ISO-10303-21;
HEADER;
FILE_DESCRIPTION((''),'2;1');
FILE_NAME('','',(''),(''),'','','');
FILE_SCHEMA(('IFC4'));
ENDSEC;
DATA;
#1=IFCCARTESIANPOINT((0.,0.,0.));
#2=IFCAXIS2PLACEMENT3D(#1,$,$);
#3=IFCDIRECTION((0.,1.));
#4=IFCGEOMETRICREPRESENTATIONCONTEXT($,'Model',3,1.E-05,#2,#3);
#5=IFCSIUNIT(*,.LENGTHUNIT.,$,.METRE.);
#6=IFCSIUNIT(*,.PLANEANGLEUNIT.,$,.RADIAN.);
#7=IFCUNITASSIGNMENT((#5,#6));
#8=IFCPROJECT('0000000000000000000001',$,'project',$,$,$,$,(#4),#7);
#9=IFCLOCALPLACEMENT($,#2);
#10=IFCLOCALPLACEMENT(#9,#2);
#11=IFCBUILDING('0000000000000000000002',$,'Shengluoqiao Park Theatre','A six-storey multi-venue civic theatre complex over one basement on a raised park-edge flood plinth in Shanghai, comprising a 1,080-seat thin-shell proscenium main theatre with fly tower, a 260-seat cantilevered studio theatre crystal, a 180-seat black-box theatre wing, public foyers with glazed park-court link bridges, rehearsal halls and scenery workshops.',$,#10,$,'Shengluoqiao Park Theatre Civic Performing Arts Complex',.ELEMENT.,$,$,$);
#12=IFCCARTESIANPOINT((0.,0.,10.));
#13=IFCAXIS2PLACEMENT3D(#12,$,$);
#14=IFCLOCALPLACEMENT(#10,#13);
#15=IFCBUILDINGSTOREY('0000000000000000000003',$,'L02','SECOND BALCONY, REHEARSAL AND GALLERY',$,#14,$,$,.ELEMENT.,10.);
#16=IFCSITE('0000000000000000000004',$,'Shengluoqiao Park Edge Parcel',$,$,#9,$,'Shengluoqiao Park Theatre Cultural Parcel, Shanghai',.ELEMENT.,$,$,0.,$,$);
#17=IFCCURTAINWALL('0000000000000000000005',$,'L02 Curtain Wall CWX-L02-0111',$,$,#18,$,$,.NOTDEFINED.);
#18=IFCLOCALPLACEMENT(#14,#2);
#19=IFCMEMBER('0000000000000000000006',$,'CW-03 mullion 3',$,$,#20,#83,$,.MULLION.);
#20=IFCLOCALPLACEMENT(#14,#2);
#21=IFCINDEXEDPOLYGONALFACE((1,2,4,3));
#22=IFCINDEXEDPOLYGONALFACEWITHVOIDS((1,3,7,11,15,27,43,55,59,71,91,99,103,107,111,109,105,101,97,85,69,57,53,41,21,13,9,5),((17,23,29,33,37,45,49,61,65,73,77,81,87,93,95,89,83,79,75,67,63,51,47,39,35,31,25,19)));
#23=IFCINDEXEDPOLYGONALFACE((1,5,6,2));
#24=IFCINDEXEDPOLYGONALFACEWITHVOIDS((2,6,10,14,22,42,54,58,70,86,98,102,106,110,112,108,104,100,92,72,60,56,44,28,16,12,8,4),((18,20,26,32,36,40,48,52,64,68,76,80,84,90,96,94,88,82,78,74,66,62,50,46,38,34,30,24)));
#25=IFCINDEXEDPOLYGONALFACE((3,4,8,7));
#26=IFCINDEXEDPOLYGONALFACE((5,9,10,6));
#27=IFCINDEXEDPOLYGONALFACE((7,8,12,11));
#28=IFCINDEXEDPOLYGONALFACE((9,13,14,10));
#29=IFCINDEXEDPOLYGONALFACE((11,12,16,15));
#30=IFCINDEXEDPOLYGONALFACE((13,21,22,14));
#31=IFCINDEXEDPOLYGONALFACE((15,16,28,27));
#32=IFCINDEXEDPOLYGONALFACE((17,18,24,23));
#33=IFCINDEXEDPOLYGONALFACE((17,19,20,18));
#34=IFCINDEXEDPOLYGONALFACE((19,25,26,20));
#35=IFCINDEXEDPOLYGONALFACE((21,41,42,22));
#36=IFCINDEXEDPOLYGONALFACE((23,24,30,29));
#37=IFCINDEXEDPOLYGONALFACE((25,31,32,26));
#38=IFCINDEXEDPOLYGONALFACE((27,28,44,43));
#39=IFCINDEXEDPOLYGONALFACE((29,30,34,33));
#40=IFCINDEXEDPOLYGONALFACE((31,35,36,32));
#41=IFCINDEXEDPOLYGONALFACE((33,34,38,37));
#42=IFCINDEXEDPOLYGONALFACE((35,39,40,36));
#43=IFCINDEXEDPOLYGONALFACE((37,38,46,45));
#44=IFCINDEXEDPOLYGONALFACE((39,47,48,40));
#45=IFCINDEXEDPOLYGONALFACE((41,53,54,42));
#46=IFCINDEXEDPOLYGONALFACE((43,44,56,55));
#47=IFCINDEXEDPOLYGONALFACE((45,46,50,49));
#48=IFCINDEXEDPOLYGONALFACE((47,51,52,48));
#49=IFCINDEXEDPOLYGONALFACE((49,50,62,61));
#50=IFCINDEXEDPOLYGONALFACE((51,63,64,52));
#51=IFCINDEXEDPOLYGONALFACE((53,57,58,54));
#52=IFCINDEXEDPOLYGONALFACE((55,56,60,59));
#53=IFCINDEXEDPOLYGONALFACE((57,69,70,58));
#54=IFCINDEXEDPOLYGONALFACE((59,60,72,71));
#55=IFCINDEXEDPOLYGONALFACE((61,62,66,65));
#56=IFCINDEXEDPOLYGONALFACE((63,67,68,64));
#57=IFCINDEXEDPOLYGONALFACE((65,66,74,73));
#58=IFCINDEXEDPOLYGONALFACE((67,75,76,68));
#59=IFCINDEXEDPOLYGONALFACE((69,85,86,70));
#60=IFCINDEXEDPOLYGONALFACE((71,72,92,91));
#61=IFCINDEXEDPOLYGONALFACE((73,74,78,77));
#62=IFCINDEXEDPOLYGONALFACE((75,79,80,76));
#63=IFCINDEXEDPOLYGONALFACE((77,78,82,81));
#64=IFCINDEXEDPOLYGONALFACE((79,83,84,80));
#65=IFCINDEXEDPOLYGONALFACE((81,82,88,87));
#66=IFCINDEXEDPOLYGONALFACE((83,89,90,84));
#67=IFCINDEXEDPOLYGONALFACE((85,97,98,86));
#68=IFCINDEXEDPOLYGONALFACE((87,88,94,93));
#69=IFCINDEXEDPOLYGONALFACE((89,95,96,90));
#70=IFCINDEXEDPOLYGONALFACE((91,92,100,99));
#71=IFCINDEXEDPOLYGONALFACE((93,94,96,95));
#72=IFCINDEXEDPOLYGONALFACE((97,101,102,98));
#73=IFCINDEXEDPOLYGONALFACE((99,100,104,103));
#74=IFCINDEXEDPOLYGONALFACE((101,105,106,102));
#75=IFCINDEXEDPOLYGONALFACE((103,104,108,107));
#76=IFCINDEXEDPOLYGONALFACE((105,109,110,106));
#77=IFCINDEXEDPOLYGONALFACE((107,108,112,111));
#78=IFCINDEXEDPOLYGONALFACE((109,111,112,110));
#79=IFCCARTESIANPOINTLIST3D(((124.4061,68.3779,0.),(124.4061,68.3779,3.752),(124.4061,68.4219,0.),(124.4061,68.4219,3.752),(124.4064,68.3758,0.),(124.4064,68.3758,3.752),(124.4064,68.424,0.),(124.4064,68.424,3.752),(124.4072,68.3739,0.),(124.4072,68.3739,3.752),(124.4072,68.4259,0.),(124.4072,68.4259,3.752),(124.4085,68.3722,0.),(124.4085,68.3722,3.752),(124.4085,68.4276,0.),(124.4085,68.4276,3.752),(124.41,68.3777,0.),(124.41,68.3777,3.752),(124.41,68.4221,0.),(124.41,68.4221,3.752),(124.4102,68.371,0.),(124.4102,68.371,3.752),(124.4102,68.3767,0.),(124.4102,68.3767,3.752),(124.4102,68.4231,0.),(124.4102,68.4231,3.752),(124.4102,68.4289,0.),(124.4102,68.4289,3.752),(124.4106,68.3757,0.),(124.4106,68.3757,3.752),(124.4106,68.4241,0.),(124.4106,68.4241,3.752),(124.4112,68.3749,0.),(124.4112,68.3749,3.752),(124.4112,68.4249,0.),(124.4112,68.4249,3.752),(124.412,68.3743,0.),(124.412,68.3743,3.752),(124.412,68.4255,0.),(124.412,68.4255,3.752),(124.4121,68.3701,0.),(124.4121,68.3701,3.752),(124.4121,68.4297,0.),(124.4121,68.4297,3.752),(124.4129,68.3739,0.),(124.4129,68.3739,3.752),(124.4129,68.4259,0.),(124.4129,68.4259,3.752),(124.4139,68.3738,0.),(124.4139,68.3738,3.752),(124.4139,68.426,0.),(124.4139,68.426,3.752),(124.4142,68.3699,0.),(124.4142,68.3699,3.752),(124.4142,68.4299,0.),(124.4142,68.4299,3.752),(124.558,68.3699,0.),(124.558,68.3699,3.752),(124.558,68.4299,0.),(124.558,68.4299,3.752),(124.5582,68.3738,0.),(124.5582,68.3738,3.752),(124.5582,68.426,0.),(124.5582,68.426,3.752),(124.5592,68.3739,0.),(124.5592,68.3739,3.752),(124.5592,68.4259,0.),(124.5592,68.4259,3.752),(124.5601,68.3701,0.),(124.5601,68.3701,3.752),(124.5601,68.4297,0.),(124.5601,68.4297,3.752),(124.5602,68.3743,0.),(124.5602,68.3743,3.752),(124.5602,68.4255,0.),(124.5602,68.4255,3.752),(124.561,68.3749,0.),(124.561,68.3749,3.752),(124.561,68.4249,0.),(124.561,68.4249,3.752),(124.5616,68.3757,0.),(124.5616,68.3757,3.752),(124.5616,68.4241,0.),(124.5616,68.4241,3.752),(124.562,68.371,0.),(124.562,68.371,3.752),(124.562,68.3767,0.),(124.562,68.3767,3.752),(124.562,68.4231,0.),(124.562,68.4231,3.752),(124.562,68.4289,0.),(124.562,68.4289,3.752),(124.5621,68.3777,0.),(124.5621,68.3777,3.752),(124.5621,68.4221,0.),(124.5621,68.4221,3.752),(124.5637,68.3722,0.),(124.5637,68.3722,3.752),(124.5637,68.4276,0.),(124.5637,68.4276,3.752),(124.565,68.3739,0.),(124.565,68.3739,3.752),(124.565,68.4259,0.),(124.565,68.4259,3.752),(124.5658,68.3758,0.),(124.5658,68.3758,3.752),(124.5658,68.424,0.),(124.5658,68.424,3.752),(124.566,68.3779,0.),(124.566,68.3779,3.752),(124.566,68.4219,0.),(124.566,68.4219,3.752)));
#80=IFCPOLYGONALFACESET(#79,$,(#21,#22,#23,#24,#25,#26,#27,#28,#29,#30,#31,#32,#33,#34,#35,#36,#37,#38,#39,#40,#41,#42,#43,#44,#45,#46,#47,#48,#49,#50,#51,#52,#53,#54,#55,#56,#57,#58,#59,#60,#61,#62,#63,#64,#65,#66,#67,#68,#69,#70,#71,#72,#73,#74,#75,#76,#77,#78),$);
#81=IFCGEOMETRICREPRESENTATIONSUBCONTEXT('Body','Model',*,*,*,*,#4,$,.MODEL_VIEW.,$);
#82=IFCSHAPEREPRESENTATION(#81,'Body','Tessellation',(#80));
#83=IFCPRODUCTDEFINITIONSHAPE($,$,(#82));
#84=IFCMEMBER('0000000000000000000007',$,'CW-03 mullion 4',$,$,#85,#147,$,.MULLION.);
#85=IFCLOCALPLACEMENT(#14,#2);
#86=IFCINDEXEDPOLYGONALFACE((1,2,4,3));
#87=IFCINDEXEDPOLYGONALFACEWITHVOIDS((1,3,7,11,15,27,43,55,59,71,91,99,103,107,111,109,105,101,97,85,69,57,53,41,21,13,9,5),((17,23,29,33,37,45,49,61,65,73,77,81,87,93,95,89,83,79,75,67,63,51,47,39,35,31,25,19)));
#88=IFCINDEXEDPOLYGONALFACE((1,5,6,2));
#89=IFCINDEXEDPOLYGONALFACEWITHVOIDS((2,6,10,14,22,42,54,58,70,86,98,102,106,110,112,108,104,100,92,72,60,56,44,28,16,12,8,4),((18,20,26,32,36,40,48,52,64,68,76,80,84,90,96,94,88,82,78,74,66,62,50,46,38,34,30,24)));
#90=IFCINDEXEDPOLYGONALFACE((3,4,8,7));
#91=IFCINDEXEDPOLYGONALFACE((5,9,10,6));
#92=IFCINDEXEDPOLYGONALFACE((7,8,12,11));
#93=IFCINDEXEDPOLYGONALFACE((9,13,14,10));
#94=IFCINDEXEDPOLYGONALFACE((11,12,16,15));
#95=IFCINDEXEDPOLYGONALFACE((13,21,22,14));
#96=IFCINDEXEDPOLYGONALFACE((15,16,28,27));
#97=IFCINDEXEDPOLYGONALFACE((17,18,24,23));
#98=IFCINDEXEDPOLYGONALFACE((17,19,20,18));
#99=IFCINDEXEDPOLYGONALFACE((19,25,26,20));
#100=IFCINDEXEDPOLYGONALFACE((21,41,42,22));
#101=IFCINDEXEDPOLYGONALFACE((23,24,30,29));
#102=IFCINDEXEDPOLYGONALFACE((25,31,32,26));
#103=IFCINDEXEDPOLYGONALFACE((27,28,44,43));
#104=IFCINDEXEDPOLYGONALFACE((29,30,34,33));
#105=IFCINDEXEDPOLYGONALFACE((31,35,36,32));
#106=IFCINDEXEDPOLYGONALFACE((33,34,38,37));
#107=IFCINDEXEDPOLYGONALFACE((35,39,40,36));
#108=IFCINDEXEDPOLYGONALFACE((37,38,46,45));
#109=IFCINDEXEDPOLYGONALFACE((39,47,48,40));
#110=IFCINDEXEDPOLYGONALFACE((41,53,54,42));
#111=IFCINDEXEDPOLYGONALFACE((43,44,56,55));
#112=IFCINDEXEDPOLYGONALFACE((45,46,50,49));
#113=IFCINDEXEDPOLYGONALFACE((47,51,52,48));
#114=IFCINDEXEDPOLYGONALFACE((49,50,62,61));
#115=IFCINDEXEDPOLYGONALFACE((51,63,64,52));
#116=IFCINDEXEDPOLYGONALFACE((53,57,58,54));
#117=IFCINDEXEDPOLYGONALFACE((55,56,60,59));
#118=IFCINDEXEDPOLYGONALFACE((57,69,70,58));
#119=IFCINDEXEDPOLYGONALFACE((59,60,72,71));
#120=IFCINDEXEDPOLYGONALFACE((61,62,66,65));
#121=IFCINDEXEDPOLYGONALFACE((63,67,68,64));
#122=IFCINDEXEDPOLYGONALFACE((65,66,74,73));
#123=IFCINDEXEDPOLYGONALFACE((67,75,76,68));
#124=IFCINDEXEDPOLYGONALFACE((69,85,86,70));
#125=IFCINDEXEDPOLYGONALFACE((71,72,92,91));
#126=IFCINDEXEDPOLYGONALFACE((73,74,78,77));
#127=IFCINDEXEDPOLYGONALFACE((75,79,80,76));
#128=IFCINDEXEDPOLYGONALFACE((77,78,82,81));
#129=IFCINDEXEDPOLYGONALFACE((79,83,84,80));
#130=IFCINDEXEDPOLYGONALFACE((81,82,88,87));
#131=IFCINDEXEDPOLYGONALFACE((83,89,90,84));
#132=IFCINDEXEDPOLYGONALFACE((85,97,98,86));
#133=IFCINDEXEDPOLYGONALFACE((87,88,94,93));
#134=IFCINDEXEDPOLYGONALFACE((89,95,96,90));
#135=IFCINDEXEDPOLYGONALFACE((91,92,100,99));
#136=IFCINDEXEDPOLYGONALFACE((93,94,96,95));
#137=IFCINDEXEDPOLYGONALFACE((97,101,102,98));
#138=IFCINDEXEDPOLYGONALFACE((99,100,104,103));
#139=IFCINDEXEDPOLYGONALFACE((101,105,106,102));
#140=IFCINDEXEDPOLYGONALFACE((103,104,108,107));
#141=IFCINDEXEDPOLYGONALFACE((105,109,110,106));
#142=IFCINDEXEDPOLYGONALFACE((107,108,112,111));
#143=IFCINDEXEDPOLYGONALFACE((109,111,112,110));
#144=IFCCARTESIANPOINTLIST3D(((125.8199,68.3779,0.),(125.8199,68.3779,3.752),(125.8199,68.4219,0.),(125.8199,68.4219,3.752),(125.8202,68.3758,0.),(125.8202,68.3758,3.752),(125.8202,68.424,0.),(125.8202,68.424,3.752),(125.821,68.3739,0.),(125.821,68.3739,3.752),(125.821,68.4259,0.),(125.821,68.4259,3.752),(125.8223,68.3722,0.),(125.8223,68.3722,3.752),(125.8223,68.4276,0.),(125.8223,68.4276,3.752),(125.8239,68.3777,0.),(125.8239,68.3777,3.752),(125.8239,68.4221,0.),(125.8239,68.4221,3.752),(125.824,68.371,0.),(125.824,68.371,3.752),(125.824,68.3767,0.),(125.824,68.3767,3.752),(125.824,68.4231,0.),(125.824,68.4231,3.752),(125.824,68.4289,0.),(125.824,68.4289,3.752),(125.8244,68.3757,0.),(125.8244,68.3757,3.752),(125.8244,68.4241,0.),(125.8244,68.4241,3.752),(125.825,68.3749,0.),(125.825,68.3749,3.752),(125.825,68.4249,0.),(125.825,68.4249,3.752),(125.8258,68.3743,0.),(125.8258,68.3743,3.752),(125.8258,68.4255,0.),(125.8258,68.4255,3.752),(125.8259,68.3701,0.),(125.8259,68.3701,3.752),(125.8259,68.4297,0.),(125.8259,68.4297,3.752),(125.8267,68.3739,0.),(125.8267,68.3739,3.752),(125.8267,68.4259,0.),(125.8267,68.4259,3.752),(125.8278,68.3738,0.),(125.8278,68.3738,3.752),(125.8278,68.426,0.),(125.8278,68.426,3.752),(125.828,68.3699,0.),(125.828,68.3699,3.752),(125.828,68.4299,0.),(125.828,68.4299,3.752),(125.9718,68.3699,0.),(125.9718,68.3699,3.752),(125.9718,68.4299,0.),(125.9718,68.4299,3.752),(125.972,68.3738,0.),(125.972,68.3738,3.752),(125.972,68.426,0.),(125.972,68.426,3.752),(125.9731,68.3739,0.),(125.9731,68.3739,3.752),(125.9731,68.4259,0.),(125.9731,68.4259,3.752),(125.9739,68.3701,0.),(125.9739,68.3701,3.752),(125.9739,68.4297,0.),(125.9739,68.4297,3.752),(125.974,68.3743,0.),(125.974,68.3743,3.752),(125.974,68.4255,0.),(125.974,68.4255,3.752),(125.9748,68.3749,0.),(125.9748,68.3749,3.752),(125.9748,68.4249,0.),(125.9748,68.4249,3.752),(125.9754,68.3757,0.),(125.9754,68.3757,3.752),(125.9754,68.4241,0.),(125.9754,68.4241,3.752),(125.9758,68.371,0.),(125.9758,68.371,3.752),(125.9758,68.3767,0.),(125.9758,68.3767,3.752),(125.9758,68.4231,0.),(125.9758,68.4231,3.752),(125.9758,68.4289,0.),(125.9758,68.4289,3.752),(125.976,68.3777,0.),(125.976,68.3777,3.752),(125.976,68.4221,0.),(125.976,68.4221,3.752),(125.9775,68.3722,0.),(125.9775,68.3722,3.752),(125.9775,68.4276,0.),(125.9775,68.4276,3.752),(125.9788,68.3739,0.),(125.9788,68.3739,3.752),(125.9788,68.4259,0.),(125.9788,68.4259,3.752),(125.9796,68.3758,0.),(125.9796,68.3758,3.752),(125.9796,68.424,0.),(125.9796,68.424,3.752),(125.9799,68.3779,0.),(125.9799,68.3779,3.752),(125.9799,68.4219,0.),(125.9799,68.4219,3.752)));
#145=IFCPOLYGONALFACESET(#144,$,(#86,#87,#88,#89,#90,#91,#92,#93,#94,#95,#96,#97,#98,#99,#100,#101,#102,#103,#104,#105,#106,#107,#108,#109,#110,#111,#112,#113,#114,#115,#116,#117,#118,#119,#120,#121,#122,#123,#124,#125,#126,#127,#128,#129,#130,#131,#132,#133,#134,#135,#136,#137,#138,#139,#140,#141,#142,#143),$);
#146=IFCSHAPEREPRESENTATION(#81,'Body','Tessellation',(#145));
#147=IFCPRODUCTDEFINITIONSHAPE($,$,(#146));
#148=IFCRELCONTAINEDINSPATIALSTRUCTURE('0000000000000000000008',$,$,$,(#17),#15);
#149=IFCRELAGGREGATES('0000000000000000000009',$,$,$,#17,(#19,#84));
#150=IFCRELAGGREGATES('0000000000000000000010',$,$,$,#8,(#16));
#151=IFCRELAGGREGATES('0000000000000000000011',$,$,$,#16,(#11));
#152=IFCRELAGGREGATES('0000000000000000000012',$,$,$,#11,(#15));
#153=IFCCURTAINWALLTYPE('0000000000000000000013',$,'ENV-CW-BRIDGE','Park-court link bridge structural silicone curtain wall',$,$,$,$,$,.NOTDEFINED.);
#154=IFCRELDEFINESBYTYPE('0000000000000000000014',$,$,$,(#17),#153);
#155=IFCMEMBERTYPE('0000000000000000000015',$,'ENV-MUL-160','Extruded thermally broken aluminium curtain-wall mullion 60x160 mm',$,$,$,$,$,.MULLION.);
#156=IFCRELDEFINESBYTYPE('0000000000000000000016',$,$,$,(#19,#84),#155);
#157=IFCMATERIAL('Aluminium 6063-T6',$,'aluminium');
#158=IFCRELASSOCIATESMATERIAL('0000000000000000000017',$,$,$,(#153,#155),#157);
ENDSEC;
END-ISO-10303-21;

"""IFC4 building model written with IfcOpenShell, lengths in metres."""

from ifc_helpers import new_model, si_unit, direction, frame, origin, origin_2d, place, context, subcontext, project, spatial, hollow_rectangle, extrude, material, material_profile, profile_set, type_object, element, aggregate, save


model = new_model("IFC4")

# Units and contexts
model_context = context("Model", 3, precision=1e-05, world=origin(), true_north=direction((0.0, 1.0)))
body_context = subcontext(model_context, "Body", "Model", "MODEL_VIEW")
ifc_project = project(units=[si_unit("LENGTHUNIT", "METRE"), si_unit("PLANEANGLEUNIT", "RADIAN")], contexts=[model_context])

# Site, building, storey
site_placement = place(None, origin())
site = spatial("IfcSite", under=ifc_project, at=site_placement, Name="Shengluoqiao Park Edge Parcel", LongName="Shengluoqiao Park Theatre Cultural Parcel, Shanghai", CompositionType="ELEMENT", RefElevation=0.0)
building_placement = place(site_placement, origin())
building = spatial("IfcBuilding", under=site, at=building_placement, Name="Shengluoqiao Park Theatre", Description="A six-storey multi-venue civic theatre complex over one basement on a raised park-edge flood plinth in Shanghai, comprising a 1,080-seat thin-shell proscenium main theatre with fly tower, a 260-seat cantilevered studio theatre crystal, a 180-seat black-box theatre wing, public foyers with glazed park-court link bridges, rehearsal halls and scenery workshops.", LongName="Shengluoqiao Park Theatre Civic Performing Arts Complex", CompositionType="ELEMENT")
storey_placement = place(building_placement, frame((0.0, 0.0, 10.0)))
storey = spatial("IfcBuildingStorey", under=building, at=storey_placement, Name="L02", Description="SECOND BALCONY, REHEARSAL AND GALLERY", CompositionType="ELEMENT", Elevation=10.0)

# Curtain wall, members
ifc_material_1 = material(Name="Aluminium 6063-T6", Category="aluminium")
curtain_wall_type = type_object("IfcCurtainWallType", Name="ENV-CW-BRIDGE", Description="Park-court link bridge structural silicone curtain wall", PredefinedType="NOTDEFINED", material=ifc_material_1)
curtain_wall_placement = place(storey_placement, origin())
curtain_wall = element("IfcCurtainWall", 1, at=curtain_wall_placement, inside=storey, type_object=curtain_wall_type, Name="L02 Curtain Wall CWX-L02-0111", PredefinedType="NOTDEFINED")
ifc_material_profile_1 = material_profile(ifc_material_1, hollow_rectangle(XDim=0.0601, YDim=0.1599, WallThickness=0.0039, InnerFilletRadius=0.0039, OuterFilletRadius=0.0081, at=origin_2d()), Name="ALU MULLION 160x60x4")
ifc_profile_set_1 = profile_set([ifc_material_profile_1], Name="Aluminium 6063-T6")
member_type_1 = type_object("IfcMemberType", Name="ENV-MUL-160", Description="Extruded thermally broken aluminium curtain-wall mullion 60x160 mm", PredefinedType="MULLION", material=ifc_profile_set_1)
member_1_placement = place(storey_placement, frame((124.4861, 68.3999, 0.0), z_axis=(0.0, 0.0, 1.0), x_axis=(0.0, 1.0, 0.0)))
member_1 = element("IfcMember", 2, at=member_1_placement, type_object=member_type_1, Name="CW-03 mullion 3", PredefinedType="MULLION", context=body_context, shape_type="SweptSolid", body=[
    extrude(hollow_rectangle(XDim=0.0601, YDim=0.1599, WallThickness=0.0039, InnerFilletRadius=0.0039, OuterFilletRadius=0.0081, at=origin_2d()), origin(), (0.0, 0.0, 1.0), 3.752),
])
member_2_placement = place(storey_placement, frame((125.8999, 68.3999, 0.0), z_axis=(0.0, 0.0, 1.0), x_axis=(0.0, 1.0, 0.0)))
member_2 = element("IfcMember", 3, at=member_2_placement, type_object=member_type_1, Name="CW-03 mullion 4", PredefinedType="MULLION", context=body_context, shape_type="SweptSolid", body=[
    extrude(hollow_rectangle(XDim=0.0601, YDim=0.1599, WallThickness=0.0039, InnerFilletRadius=0.0039, OuterFilletRadius=0.0081, at=origin_2d()), origin(), (0.0, 0.0, 1.0), 3.752),
])

aggregate(curtain_wall, [member_1, member_2])

save(model, "model.ifc")
